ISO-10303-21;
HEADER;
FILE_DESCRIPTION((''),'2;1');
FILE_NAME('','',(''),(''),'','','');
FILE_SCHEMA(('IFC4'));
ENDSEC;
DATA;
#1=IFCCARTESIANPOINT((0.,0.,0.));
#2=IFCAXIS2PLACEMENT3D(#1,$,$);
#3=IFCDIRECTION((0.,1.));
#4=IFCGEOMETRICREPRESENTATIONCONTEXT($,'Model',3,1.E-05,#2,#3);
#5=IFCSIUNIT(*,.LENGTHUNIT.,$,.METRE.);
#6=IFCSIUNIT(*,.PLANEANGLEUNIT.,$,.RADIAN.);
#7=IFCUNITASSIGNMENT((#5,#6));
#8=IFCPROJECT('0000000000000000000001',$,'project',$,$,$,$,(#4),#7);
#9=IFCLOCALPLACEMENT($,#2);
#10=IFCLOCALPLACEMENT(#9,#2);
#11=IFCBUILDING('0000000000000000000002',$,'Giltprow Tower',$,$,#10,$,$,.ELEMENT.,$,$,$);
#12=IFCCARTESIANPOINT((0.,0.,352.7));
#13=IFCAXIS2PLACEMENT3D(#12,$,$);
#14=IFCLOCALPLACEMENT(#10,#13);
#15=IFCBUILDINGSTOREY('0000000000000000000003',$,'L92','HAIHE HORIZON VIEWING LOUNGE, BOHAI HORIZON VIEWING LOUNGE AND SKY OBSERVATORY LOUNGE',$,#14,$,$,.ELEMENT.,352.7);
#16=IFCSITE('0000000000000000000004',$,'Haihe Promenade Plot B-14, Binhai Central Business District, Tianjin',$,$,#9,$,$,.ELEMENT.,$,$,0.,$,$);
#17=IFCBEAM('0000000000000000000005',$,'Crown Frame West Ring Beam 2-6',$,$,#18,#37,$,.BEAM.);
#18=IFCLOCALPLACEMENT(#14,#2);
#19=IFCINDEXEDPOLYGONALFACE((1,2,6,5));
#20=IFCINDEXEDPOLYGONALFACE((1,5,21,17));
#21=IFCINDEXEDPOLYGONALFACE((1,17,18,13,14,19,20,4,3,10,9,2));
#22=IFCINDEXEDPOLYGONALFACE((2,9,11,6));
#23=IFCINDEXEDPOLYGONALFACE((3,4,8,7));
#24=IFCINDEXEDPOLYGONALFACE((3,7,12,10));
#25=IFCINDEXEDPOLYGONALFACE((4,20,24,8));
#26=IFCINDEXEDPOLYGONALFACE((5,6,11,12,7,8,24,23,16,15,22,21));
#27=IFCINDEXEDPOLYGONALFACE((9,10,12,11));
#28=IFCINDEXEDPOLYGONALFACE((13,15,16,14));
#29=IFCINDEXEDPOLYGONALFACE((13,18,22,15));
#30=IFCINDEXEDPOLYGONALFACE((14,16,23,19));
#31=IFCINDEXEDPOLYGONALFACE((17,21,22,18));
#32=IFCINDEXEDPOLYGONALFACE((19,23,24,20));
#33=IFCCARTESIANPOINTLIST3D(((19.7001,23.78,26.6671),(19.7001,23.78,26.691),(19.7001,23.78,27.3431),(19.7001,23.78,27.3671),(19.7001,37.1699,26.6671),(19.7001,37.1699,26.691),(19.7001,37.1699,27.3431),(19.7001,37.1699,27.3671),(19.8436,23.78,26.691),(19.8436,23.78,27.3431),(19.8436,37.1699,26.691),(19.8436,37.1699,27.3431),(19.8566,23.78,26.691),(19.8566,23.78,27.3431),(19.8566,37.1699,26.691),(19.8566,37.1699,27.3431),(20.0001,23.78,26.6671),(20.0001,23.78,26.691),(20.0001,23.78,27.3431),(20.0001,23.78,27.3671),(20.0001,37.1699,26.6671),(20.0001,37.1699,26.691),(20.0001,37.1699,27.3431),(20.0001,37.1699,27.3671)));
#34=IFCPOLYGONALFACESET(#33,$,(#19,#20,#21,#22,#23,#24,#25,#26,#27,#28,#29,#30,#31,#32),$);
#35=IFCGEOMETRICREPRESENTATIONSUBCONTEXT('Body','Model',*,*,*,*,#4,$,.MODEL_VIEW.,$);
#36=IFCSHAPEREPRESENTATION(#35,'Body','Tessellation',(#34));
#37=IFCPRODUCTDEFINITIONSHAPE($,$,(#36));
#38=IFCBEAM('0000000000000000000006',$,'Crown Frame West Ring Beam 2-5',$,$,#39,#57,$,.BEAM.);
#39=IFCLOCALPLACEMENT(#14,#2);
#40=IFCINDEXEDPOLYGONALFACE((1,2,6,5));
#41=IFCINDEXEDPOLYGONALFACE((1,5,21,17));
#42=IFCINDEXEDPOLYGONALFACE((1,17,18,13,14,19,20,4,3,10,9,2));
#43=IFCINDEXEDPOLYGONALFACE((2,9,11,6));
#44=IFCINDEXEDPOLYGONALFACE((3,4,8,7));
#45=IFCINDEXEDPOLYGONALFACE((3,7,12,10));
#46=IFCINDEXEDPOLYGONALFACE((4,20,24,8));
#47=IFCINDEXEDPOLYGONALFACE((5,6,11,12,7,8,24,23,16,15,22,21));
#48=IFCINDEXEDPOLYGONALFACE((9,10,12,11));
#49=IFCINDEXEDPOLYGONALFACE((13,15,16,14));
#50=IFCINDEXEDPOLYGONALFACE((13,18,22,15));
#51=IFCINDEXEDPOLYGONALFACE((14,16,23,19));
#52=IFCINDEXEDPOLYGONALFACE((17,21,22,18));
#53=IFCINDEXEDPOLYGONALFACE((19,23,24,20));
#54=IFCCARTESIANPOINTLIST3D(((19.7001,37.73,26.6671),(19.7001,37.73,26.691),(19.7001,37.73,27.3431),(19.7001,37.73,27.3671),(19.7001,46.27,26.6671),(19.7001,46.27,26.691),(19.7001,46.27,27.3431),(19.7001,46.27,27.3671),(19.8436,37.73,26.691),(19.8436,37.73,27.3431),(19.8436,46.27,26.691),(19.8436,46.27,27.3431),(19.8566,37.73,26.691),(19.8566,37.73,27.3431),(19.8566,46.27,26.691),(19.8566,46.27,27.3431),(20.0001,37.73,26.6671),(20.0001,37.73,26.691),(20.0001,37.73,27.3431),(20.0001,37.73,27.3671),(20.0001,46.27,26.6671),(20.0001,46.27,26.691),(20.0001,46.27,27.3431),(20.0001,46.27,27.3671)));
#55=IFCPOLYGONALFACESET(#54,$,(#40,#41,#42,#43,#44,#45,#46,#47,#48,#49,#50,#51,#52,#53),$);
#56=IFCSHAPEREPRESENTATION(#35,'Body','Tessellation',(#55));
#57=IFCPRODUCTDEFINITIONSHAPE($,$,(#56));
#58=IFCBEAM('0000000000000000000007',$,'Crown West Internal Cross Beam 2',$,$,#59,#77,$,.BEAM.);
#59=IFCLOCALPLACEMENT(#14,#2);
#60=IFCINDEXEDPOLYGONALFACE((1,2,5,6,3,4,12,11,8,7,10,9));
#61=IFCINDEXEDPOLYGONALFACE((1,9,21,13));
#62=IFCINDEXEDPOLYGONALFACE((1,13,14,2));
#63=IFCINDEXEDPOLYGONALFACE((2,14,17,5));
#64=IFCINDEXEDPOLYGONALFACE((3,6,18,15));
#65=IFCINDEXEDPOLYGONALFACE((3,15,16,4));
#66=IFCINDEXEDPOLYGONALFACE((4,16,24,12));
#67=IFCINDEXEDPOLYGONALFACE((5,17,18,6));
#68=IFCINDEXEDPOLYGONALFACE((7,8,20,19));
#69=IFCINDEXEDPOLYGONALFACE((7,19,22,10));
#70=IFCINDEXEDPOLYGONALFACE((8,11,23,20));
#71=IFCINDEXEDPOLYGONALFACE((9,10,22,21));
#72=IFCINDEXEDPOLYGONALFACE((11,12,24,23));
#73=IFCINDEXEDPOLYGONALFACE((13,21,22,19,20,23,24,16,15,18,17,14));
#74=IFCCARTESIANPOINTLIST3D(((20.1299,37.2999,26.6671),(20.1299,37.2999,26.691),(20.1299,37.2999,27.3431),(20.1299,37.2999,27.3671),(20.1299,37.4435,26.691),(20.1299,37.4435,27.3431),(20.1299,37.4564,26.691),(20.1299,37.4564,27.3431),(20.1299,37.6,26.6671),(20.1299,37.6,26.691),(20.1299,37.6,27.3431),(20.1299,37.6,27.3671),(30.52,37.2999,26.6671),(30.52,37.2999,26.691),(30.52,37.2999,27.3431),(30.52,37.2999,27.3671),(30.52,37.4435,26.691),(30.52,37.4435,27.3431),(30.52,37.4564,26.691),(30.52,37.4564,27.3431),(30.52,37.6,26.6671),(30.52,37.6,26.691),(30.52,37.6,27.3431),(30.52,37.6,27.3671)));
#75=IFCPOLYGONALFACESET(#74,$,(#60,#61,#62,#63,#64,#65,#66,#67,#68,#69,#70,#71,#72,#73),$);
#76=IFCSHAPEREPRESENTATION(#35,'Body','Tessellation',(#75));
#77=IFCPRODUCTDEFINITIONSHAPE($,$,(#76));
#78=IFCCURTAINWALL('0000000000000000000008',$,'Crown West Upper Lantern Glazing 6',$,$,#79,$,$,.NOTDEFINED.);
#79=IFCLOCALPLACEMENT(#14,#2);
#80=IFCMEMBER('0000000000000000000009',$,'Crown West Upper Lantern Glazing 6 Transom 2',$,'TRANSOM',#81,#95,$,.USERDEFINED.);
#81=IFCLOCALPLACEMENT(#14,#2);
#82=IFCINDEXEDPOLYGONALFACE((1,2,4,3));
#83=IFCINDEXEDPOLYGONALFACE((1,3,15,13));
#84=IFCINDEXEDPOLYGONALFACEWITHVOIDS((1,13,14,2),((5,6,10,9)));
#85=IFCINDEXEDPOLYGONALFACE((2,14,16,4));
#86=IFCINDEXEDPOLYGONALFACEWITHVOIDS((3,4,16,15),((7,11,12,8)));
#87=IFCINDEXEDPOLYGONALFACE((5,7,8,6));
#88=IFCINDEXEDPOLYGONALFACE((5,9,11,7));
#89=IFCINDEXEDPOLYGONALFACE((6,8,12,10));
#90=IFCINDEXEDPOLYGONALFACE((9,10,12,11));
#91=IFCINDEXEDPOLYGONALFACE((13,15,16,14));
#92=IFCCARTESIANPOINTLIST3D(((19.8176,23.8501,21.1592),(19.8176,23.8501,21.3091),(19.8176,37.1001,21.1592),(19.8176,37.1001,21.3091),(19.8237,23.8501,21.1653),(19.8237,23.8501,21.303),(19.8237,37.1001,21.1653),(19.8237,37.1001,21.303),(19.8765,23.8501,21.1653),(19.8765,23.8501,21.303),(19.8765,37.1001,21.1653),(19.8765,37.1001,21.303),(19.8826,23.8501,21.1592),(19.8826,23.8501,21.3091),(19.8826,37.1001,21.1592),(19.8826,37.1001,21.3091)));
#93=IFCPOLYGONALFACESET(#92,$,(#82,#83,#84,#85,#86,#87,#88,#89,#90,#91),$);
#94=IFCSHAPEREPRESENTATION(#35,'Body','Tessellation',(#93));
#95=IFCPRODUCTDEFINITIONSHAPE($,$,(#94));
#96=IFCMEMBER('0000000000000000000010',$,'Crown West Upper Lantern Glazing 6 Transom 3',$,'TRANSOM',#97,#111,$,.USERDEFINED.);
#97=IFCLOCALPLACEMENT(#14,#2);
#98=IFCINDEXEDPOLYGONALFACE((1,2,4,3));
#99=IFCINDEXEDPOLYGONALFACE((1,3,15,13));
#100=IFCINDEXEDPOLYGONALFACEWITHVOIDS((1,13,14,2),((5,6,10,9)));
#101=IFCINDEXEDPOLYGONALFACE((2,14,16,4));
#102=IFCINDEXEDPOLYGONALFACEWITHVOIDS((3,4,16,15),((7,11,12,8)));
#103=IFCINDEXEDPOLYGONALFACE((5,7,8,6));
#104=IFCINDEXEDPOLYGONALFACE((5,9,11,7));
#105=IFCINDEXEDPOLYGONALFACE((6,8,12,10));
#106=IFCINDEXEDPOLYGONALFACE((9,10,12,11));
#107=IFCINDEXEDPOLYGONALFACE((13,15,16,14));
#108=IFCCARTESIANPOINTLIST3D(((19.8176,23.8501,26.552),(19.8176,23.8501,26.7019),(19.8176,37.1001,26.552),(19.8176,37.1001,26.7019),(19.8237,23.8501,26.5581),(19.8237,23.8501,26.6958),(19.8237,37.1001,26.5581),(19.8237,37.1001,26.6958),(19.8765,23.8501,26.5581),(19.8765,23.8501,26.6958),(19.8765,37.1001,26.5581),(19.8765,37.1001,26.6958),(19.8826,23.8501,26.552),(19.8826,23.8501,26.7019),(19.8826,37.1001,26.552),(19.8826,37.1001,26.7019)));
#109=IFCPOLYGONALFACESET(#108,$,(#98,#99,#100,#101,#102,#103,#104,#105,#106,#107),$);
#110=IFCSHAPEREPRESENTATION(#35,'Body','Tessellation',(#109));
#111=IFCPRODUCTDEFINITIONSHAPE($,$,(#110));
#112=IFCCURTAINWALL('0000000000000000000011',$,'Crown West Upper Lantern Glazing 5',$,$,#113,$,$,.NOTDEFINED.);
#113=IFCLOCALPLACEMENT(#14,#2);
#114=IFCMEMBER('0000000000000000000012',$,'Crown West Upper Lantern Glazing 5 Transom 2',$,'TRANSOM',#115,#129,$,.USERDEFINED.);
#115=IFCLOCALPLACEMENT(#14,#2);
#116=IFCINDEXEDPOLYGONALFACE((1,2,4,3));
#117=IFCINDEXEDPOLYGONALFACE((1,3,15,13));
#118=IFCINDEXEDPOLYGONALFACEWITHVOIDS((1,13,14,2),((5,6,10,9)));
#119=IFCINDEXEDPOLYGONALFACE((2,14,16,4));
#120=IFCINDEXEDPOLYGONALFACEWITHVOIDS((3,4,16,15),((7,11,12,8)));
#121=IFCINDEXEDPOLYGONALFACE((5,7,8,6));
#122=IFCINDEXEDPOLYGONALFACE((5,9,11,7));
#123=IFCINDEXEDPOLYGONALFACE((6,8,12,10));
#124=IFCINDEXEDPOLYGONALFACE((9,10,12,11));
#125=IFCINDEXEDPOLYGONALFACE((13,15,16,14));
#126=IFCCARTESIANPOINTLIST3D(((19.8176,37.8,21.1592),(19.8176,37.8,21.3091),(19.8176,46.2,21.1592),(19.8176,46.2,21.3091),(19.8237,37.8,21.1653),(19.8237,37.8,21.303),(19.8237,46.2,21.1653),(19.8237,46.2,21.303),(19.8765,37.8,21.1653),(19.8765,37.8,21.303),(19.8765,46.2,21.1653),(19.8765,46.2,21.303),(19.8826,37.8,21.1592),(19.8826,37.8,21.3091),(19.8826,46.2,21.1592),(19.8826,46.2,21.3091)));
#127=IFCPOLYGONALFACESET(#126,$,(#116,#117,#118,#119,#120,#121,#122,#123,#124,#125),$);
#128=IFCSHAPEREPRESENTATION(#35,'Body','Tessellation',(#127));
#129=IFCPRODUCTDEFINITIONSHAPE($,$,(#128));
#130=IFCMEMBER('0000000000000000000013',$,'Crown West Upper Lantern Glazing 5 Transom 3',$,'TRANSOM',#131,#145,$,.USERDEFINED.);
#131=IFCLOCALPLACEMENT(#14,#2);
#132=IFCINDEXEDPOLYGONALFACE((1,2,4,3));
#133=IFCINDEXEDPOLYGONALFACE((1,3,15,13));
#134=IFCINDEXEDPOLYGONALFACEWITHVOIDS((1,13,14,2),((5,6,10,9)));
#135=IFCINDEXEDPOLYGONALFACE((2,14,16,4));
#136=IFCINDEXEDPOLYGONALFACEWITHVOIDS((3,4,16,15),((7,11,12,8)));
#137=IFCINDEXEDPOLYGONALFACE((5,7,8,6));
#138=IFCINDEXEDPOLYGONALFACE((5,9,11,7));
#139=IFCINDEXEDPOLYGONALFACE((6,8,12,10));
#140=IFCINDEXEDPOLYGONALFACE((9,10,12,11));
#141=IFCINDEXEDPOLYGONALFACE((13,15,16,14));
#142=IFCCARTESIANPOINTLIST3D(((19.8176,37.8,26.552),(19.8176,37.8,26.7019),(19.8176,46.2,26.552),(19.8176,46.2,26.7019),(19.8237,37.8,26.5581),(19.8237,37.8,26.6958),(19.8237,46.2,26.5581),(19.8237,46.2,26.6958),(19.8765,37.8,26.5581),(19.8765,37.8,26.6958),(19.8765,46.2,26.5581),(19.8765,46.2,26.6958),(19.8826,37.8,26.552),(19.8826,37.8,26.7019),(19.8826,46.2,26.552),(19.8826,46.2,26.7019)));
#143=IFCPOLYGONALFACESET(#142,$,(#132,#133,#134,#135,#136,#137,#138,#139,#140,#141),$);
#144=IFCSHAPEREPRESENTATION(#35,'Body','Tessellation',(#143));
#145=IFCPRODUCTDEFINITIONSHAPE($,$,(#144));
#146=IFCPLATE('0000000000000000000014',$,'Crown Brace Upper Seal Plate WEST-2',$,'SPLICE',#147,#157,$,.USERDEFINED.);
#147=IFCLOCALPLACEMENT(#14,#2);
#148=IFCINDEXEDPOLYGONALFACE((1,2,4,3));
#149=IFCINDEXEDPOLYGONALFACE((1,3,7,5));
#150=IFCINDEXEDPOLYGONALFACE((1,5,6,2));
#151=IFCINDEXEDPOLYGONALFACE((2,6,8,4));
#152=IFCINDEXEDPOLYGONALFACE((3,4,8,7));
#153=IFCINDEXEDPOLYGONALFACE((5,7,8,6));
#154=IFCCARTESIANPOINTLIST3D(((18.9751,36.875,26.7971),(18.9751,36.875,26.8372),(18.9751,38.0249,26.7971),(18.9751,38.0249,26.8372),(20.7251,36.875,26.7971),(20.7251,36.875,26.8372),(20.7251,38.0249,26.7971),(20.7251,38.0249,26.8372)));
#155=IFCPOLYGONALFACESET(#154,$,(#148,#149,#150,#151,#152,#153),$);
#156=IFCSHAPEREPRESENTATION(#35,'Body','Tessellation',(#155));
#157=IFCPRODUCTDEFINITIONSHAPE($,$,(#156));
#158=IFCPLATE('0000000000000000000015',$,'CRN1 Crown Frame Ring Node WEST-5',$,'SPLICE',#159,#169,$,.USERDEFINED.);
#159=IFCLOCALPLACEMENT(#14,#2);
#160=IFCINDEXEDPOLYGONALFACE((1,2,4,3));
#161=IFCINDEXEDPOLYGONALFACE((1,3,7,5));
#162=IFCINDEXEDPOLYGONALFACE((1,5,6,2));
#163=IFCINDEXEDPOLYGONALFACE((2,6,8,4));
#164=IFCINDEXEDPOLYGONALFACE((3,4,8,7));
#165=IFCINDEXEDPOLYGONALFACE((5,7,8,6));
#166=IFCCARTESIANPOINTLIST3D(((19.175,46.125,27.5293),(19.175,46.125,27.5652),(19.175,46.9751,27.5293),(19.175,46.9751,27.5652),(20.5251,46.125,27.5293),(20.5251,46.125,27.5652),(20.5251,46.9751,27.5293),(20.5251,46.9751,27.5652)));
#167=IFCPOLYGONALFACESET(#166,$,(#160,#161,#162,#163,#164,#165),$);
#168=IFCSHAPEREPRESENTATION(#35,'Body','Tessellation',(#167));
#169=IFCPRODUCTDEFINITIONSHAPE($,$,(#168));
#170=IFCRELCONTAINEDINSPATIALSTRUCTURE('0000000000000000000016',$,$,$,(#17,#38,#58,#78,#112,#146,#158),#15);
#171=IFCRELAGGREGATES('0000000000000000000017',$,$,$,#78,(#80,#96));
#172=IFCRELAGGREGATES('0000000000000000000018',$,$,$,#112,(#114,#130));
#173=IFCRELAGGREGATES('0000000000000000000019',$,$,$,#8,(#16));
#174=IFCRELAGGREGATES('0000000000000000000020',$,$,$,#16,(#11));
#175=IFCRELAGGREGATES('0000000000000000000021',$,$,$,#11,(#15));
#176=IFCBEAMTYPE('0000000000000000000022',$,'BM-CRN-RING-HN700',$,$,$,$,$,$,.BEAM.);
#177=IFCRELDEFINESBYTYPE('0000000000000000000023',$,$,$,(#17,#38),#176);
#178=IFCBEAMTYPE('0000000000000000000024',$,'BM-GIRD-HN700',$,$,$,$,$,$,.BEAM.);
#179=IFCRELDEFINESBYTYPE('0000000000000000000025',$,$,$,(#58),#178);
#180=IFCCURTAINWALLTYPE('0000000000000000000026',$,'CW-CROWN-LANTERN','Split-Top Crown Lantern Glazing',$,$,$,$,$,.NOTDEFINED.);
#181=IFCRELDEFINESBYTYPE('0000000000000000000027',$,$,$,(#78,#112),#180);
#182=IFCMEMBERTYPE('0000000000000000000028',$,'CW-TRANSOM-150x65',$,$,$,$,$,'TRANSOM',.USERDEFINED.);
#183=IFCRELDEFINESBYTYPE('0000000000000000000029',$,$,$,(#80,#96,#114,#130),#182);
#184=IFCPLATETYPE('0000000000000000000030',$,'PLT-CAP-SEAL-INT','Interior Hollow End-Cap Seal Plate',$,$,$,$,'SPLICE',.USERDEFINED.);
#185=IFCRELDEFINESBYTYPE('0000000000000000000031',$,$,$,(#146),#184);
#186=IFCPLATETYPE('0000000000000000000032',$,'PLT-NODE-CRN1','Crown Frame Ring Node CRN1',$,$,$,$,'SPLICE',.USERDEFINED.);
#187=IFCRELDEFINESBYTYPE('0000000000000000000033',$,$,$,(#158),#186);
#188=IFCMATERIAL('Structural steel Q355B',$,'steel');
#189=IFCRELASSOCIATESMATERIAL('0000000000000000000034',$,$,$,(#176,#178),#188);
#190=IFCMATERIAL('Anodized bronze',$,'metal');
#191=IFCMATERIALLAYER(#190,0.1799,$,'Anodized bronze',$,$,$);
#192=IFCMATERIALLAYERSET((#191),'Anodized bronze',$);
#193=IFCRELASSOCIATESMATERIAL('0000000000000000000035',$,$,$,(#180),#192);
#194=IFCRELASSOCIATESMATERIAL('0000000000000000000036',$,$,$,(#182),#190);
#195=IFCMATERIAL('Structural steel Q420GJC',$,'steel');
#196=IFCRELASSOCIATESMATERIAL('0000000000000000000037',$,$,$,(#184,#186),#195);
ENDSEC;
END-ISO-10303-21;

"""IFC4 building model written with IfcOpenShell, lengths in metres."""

from ifc_helpers import new_model, si_unit, direction, frame, origin, origin_2d, place, context, subcontext, project, spatial, rectangle, hollow_rectangle, i_section, extrude, source, transform, mapped, material, layer, layer_set, material_profile, profile_set, type_object, element, aggregate, save


model = new_model("IFC4")

# Units and contexts
model_context = context("Model", 3, precision=1e-05, world=origin(), true_north=direction((0.0, 1.0)))
body_context = subcontext(model_context, "Body", "Model", "MODEL_VIEW")
ifc_project = project(units=[si_unit("LENGTHUNIT", "METRE"), si_unit("PLANEANGLEUNIT", "RADIAN")], contexts=[model_context])

# Site, building, storey
site_placement = place(None, origin())
site = spatial("IfcSite", under=ifc_project, at=site_placement, Name="Haihe Promenade Plot B-14, Binhai Central Business District, Tianjin", CompositionType="ELEMENT", RefElevation=0.0)
building_placement = place(site_placement, origin())
building = spatial("IfcBuilding", under=site, at=building_placement, Name="Giltprow Tower", CompositionType="ELEMENT")
storey_placement = place(building_placement, frame((0.0, 0.0, 352.7)))
storey = spatial("IfcBuildingStorey", under=building, at=storey_placement, Name="L92", Description="HAIHE HORIZON VIEWING LOUNGE, BOHAI HORIZON VIEWING LOUNGE AND SKY OBSERVATORY LOUNGE", CompositionType="ELEMENT", Elevation=352.7)

# Beams
ifc_material_1 = material(Name="Structural steel Q355B", Category="steel")
ifc_material_profile_1 = material_profile(ifc_material_1, i_section(OverallWidth=0.3, OverallDepth=0.7, WebThickness=0.0129, FlangeThickness=0.0239, at=origin_2d()), Name="HN 700x300x13x24")
ifc_profile_set_1 = profile_set([ifc_material_profile_1], Name="Structural steel Q355B")
beam_type_1 = type_object("IfcBeamType", Name="BM-CRN-RING-HN700", PredefinedType="BEAM", material=ifc_profile_set_1)
shared_shape_1 = source(origin(), body_context, "Body", "SweptSolid", [
    extrude(i_section(OverallWidth=0.3, OverallDepth=0.7, WebThickness=0.0129, FlangeThickness=0.0239, at=origin_2d()), origin(), (0.0, 0.0, 1.0), 13.3899),
])
beam_1_placement = place(storey_placement, frame((19.8501, 37.1699, 27.0171), z_axis=(0.0, -1.0, 0.0), x_axis=(1.0, 0.0, 0.0)))
element("IfcBeam", 1, at=beam_1_placement, inside=storey, type_object=beam_type_1, Name="Crown Frame West Ring Beam 2-6", PredefinedType="BEAM", context=body_context, shape_type="MappedRepresentation", body=[
    mapped(shared_shape_1, transform((0.0, 0.0, 0.0), x_axis=(1.0, 0.0, 0.0), y_axis=(0.0, 1.0, 0.0), z_axis=(0.0, 0.0, 1.0), scale=1.0)),
])
shared_shape_2 = source(origin(), body_context, "Body", "SweptSolid", [
    extrude(i_section(OverallWidth=0.3, OverallDepth=0.7, WebThickness=0.0129, FlangeThickness=0.0239, at=origin_2d()), origin(), (0.0, 0.0, 1.0), 8.54),
])
beam_2_placement = place(storey_placement, frame((19.8501, 46.27, 27.0171), z_axis=(0.0, -1.0, 0.0), x_axis=(1.0, 0.0, 0.0)))
element("IfcBeam", 2, at=beam_2_placement, inside=storey, type_object=beam_type_1, Name="Crown Frame West Ring Beam 2-5", PredefinedType="BEAM", context=body_context, shape_type="MappedRepresentation", body=[
    mapped(shared_shape_2, transform((0.0, 0.0, 0.0), x_axis=(1.0, 0.0, 0.0), y_axis=(0.0, 1.0, 0.0), z_axis=(0.0, 0.0, 1.0), scale=1.0)),
])
ifc_material_profile_2 = material_profile(ifc_material_1, i_section(OverallWidth=0.3, OverallDepth=0.7, WebThickness=0.0129, FlangeThickness=0.0239, at=origin_2d()), Name="HN 700x300x13x24")
ifc_profile_set_2 = profile_set([ifc_material_profile_2], Name="Structural steel Q355B")
beam_type_2 = type_object("IfcBeamType", Name="BM-GIRD-HN700", PredefinedType="BEAM", material=ifc_profile_set_2)
shared_shape_3 = source(origin(), body_context, "Body", "SweptSolid", [
    extrude(i_section(OverallWidth=0.3, OverallDepth=0.7, WebThickness=0.0129, FlangeThickness=0.0239, at=origin_2d()), origin(), (0.0, 0.0, 1.0), 10.3901),
])
beam_3_placement = place(storey_placement, frame((20.1299, 37.45, 27.0171), z_axis=(1.0, 0.0, 0.0), x_axis=(0.0, 1.0, 0.0)))
element("IfcBeam", 3, at=beam_3_placement, inside=storey, type_object=beam_type_2, Name="Crown West Internal Cross Beam 2", PredefinedType="BEAM", context=body_context, shape_type="MappedRepresentation", body=[
    mapped(shared_shape_3, transform((0.0, 0.0, 0.0), x_axis=(1.0, 0.0, 0.0), y_axis=(0.0, 1.0, 0.0), z_axis=(0.0, 0.0, 1.0), scale=1.0)),
])

# Curtain walls, members
ifc_material_2 = material(Name="Anodized bronze", Category="metal")
ifc_layer = layer(ifc_material_2, 0.1799, Name="Anodized bronze")
ifc_layer_set = layer_set([ifc_layer], Name="Anodized bronze")
curtain_wall_type = type_object("IfcCurtainWallType", Name="CW-CROWN-LANTERN", Description="Split-Top Crown Lantern Glazing", PredefinedType="NOTDEFINED", material=ifc_layer_set)
curtain_wall_1_placement = place(storey_placement, origin())
curtain_wall_1 = element("IfcCurtainWall", 4, at=curtain_wall_1_placement, inside=storey, type_object=curtain_wall_type, Name="Crown West Upper Lantern Glazing 6", PredefinedType="NOTDEFINED")
ifc_material_profile_3 = material_profile(ifc_material_2, hollow_rectangle(XDim=0.0649, YDim=0.1499, WallThickness=0.0061, at=origin_2d()), Name="RHS 150x65x6")
ifc_profile_set_3 = profile_set([ifc_material_profile_3], Name="Anodized bronze")
member_type = type_object("IfcMemberType", Name="CW-TRANSOM-150x65", ElementType="TRANSOM", PredefinedType="USERDEFINED", material=ifc_profile_set_3)
shared_shape_4 = source(origin(), body_context, "Body", "SweptSolid", [
    extrude(hollow_rectangle(XDim=0.0649, YDim=0.1499, WallThickness=0.0061, at=origin_2d()), origin(), (0.0, 0.0, 1.0), 13.25),
])
member_1_placement = place(storey_placement, frame((19.8501, 37.1001, 21.2341), z_axis=(0.0, -1.0, 0.0), x_axis=(1.0, 0.0, 0.0)))
member_1 = element("IfcMember", 5, at=member_1_placement, type_object=member_type, Name="Crown West Upper Lantern Glazing 6 Transom 2", ObjectType="TRANSOM", PredefinedType="USERDEFINED", context=body_context, shape_type="MappedRepresentation", body=[
    mapped(shared_shape_4, transform((0.0, 0.0, 0.0), x_axis=(1.0, 0.0, 0.0), y_axis=(0.0, 1.0, 0.0), z_axis=(0.0, 0.0, 1.0), scale=1.0)),
])
member_2_placement = place(storey_placement, frame((19.8501, 37.1001, 26.627), z_axis=(0.0, -1.0, 0.0), x_axis=(1.0, 0.0, 0.0)))
member_2 = element("IfcMember", 6, at=member_2_placement, type_object=member_type, Name="Crown West Upper Lantern Glazing 6 Transom 3", ObjectType="TRANSOM", PredefinedType="USERDEFINED", context=body_context, shape_type="MappedRepresentation", body=[
    mapped(shared_shape_4, transform((0.0, 0.0, 0.0), x_axis=(1.0, 0.0, 0.0), y_axis=(0.0, 1.0, 0.0), z_axis=(0.0, 0.0, 1.0), scale=1.0)),
])
curtain_wall_2_placement = place(storey_placement, origin())
curtain_wall_2 = element("IfcCurtainWall", 7, at=curtain_wall_2_placement, inside=storey, type_object=curtain_wall_type, Name="Crown West Upper Lantern Glazing 5", PredefinedType="NOTDEFINED")
shared_shape_5 = source(origin(), body_context, "Body", "SweptSolid", [
    extrude(hollow_rectangle(XDim=0.0649, YDim=0.1499, WallThickness=0.0061, at=origin_2d()), origin(), (0.0, 0.0, 1.0), 8.3999),
])
member_3_placement = place(storey_placement, frame((19.8501, 46.2, 21.2341), z_axis=(0.0, -1.0, 0.0), x_axis=(1.0, 0.0, 0.0)))
member_3 = element("IfcMember", 8, at=member_3_placement, type_object=member_type, Name="Crown West Upper Lantern Glazing 5 Transom 2", ObjectType="TRANSOM", PredefinedType="USERDEFINED", context=body_context, shape_type="MappedRepresentation", body=[
    mapped(shared_shape_5, transform((0.0, 0.0, 0.0), x_axis=(1.0, 0.0, 0.0), y_axis=(0.0, 1.0, 0.0), z_axis=(0.0, 0.0, 1.0), scale=1.0)),
])
member_4_placement = place(storey_placement, frame((19.8501, 46.2, 26.627), z_axis=(0.0, -1.0, 0.0), x_axis=(1.0, 0.0, 0.0)))
member_4 = element("IfcMember", 9, at=member_4_placement, type_object=member_type, Name="Crown West Upper Lantern Glazing 5 Transom 3", ObjectType="TRANSOM", PredefinedType="USERDEFINED", context=body_context, shape_type="MappedRepresentation", body=[
    mapped(shared_shape_5, transform((0.0, 0.0, 0.0), x_axis=(1.0, 0.0, 0.0), y_axis=(0.0, 1.0, 0.0), z_axis=(0.0, 0.0, 1.0), scale=1.0)),
])

# Plates
ifc_material_3 = material(Name="Structural steel Q420GJC", Category="steel")
plate_type_1 = type_object("IfcPlateType", Name="PLT-CAP-SEAL-INT", Description="Interior Hollow End-Cap Seal Plate", ElementType="SPLICE", PredefinedType="USERDEFINED", material=ifc_material_3)
shared_shape_6 = source(origin(), body_context, "Body", "SweptSolid", [
    extrude(rectangle(XDim=1.75, YDim=1.1499, at=origin_2d()), origin(), (0.0, 0.0, 1.0), 0.04),
])
plate_1_placement = place(storey_placement, frame((19.8501, 37.45, 26.7971), z_axis=(0.0, 0.0, 1.0), x_axis=(1.0, 0.0, 0.0)))
element("IfcPlate", 10, at=plate_1_placement, inside=storey, type_object=plate_type_1, Name="Crown Brace Upper Seal Plate WEST-2", ObjectType="SPLICE", PredefinedType="USERDEFINED", context=body_context, shape_type="MappedRepresentation", body=[
    mapped(shared_shape_6, transform((0.0, 0.0, 0.0), x_axis=(1.0, 0.0, 0.0), y_axis=(0.0, 1.0, 0.0), z_axis=(0.0, 0.0, 1.0), scale=1.0)),
])
plate_type_2 = type_object("IfcPlateType", Name="PLT-NODE-CRN1", Description="Crown Frame Ring Node CRN1", ElementType="SPLICE", PredefinedType="USERDEFINED", material=ifc_material_3)
shared_shape_7 = source(origin(), body_context, "Body", "SweptSolid", [
    extrude(rectangle(XDim=1.3501, YDim=0.8501, at=origin_2d()), origin(), (0.0, 0.0, 1.0), 0.0359),
])
for number, where, z_axis, x_axis, name in (
    (11, (19.8501, 46.55, 27.5293), (0.0, 0.0, 1.0), (1.0, 0.0, 0.0), "CRN1 Crown Frame Ring Node WEST-5"),
):
    element("IfcPlate", number, at=place(storey_placement, frame(where, z_axis=z_axis, x_axis=x_axis)), inside=storey, type_object=plate_type_2, Name=name, ObjectType="SPLICE", PredefinedType="USERDEFINED", context=body_context, shape_type="MappedRepresentation", body=[
        mapped(shared_shape_7, transform((0.0, 0.0, 0.0), x_axis=(1.0, 0.0, 0.0), y_axis=(0.0, 1.0, 0.0), z_axis=(0.0, 0.0, 1.0), scale=1.0)),
    ])

aggregate(curtain_wall_1, [member_1, member_2])
aggregate(curtain_wall_2, [member_3, member_4])

save(model, "model.ifc")
